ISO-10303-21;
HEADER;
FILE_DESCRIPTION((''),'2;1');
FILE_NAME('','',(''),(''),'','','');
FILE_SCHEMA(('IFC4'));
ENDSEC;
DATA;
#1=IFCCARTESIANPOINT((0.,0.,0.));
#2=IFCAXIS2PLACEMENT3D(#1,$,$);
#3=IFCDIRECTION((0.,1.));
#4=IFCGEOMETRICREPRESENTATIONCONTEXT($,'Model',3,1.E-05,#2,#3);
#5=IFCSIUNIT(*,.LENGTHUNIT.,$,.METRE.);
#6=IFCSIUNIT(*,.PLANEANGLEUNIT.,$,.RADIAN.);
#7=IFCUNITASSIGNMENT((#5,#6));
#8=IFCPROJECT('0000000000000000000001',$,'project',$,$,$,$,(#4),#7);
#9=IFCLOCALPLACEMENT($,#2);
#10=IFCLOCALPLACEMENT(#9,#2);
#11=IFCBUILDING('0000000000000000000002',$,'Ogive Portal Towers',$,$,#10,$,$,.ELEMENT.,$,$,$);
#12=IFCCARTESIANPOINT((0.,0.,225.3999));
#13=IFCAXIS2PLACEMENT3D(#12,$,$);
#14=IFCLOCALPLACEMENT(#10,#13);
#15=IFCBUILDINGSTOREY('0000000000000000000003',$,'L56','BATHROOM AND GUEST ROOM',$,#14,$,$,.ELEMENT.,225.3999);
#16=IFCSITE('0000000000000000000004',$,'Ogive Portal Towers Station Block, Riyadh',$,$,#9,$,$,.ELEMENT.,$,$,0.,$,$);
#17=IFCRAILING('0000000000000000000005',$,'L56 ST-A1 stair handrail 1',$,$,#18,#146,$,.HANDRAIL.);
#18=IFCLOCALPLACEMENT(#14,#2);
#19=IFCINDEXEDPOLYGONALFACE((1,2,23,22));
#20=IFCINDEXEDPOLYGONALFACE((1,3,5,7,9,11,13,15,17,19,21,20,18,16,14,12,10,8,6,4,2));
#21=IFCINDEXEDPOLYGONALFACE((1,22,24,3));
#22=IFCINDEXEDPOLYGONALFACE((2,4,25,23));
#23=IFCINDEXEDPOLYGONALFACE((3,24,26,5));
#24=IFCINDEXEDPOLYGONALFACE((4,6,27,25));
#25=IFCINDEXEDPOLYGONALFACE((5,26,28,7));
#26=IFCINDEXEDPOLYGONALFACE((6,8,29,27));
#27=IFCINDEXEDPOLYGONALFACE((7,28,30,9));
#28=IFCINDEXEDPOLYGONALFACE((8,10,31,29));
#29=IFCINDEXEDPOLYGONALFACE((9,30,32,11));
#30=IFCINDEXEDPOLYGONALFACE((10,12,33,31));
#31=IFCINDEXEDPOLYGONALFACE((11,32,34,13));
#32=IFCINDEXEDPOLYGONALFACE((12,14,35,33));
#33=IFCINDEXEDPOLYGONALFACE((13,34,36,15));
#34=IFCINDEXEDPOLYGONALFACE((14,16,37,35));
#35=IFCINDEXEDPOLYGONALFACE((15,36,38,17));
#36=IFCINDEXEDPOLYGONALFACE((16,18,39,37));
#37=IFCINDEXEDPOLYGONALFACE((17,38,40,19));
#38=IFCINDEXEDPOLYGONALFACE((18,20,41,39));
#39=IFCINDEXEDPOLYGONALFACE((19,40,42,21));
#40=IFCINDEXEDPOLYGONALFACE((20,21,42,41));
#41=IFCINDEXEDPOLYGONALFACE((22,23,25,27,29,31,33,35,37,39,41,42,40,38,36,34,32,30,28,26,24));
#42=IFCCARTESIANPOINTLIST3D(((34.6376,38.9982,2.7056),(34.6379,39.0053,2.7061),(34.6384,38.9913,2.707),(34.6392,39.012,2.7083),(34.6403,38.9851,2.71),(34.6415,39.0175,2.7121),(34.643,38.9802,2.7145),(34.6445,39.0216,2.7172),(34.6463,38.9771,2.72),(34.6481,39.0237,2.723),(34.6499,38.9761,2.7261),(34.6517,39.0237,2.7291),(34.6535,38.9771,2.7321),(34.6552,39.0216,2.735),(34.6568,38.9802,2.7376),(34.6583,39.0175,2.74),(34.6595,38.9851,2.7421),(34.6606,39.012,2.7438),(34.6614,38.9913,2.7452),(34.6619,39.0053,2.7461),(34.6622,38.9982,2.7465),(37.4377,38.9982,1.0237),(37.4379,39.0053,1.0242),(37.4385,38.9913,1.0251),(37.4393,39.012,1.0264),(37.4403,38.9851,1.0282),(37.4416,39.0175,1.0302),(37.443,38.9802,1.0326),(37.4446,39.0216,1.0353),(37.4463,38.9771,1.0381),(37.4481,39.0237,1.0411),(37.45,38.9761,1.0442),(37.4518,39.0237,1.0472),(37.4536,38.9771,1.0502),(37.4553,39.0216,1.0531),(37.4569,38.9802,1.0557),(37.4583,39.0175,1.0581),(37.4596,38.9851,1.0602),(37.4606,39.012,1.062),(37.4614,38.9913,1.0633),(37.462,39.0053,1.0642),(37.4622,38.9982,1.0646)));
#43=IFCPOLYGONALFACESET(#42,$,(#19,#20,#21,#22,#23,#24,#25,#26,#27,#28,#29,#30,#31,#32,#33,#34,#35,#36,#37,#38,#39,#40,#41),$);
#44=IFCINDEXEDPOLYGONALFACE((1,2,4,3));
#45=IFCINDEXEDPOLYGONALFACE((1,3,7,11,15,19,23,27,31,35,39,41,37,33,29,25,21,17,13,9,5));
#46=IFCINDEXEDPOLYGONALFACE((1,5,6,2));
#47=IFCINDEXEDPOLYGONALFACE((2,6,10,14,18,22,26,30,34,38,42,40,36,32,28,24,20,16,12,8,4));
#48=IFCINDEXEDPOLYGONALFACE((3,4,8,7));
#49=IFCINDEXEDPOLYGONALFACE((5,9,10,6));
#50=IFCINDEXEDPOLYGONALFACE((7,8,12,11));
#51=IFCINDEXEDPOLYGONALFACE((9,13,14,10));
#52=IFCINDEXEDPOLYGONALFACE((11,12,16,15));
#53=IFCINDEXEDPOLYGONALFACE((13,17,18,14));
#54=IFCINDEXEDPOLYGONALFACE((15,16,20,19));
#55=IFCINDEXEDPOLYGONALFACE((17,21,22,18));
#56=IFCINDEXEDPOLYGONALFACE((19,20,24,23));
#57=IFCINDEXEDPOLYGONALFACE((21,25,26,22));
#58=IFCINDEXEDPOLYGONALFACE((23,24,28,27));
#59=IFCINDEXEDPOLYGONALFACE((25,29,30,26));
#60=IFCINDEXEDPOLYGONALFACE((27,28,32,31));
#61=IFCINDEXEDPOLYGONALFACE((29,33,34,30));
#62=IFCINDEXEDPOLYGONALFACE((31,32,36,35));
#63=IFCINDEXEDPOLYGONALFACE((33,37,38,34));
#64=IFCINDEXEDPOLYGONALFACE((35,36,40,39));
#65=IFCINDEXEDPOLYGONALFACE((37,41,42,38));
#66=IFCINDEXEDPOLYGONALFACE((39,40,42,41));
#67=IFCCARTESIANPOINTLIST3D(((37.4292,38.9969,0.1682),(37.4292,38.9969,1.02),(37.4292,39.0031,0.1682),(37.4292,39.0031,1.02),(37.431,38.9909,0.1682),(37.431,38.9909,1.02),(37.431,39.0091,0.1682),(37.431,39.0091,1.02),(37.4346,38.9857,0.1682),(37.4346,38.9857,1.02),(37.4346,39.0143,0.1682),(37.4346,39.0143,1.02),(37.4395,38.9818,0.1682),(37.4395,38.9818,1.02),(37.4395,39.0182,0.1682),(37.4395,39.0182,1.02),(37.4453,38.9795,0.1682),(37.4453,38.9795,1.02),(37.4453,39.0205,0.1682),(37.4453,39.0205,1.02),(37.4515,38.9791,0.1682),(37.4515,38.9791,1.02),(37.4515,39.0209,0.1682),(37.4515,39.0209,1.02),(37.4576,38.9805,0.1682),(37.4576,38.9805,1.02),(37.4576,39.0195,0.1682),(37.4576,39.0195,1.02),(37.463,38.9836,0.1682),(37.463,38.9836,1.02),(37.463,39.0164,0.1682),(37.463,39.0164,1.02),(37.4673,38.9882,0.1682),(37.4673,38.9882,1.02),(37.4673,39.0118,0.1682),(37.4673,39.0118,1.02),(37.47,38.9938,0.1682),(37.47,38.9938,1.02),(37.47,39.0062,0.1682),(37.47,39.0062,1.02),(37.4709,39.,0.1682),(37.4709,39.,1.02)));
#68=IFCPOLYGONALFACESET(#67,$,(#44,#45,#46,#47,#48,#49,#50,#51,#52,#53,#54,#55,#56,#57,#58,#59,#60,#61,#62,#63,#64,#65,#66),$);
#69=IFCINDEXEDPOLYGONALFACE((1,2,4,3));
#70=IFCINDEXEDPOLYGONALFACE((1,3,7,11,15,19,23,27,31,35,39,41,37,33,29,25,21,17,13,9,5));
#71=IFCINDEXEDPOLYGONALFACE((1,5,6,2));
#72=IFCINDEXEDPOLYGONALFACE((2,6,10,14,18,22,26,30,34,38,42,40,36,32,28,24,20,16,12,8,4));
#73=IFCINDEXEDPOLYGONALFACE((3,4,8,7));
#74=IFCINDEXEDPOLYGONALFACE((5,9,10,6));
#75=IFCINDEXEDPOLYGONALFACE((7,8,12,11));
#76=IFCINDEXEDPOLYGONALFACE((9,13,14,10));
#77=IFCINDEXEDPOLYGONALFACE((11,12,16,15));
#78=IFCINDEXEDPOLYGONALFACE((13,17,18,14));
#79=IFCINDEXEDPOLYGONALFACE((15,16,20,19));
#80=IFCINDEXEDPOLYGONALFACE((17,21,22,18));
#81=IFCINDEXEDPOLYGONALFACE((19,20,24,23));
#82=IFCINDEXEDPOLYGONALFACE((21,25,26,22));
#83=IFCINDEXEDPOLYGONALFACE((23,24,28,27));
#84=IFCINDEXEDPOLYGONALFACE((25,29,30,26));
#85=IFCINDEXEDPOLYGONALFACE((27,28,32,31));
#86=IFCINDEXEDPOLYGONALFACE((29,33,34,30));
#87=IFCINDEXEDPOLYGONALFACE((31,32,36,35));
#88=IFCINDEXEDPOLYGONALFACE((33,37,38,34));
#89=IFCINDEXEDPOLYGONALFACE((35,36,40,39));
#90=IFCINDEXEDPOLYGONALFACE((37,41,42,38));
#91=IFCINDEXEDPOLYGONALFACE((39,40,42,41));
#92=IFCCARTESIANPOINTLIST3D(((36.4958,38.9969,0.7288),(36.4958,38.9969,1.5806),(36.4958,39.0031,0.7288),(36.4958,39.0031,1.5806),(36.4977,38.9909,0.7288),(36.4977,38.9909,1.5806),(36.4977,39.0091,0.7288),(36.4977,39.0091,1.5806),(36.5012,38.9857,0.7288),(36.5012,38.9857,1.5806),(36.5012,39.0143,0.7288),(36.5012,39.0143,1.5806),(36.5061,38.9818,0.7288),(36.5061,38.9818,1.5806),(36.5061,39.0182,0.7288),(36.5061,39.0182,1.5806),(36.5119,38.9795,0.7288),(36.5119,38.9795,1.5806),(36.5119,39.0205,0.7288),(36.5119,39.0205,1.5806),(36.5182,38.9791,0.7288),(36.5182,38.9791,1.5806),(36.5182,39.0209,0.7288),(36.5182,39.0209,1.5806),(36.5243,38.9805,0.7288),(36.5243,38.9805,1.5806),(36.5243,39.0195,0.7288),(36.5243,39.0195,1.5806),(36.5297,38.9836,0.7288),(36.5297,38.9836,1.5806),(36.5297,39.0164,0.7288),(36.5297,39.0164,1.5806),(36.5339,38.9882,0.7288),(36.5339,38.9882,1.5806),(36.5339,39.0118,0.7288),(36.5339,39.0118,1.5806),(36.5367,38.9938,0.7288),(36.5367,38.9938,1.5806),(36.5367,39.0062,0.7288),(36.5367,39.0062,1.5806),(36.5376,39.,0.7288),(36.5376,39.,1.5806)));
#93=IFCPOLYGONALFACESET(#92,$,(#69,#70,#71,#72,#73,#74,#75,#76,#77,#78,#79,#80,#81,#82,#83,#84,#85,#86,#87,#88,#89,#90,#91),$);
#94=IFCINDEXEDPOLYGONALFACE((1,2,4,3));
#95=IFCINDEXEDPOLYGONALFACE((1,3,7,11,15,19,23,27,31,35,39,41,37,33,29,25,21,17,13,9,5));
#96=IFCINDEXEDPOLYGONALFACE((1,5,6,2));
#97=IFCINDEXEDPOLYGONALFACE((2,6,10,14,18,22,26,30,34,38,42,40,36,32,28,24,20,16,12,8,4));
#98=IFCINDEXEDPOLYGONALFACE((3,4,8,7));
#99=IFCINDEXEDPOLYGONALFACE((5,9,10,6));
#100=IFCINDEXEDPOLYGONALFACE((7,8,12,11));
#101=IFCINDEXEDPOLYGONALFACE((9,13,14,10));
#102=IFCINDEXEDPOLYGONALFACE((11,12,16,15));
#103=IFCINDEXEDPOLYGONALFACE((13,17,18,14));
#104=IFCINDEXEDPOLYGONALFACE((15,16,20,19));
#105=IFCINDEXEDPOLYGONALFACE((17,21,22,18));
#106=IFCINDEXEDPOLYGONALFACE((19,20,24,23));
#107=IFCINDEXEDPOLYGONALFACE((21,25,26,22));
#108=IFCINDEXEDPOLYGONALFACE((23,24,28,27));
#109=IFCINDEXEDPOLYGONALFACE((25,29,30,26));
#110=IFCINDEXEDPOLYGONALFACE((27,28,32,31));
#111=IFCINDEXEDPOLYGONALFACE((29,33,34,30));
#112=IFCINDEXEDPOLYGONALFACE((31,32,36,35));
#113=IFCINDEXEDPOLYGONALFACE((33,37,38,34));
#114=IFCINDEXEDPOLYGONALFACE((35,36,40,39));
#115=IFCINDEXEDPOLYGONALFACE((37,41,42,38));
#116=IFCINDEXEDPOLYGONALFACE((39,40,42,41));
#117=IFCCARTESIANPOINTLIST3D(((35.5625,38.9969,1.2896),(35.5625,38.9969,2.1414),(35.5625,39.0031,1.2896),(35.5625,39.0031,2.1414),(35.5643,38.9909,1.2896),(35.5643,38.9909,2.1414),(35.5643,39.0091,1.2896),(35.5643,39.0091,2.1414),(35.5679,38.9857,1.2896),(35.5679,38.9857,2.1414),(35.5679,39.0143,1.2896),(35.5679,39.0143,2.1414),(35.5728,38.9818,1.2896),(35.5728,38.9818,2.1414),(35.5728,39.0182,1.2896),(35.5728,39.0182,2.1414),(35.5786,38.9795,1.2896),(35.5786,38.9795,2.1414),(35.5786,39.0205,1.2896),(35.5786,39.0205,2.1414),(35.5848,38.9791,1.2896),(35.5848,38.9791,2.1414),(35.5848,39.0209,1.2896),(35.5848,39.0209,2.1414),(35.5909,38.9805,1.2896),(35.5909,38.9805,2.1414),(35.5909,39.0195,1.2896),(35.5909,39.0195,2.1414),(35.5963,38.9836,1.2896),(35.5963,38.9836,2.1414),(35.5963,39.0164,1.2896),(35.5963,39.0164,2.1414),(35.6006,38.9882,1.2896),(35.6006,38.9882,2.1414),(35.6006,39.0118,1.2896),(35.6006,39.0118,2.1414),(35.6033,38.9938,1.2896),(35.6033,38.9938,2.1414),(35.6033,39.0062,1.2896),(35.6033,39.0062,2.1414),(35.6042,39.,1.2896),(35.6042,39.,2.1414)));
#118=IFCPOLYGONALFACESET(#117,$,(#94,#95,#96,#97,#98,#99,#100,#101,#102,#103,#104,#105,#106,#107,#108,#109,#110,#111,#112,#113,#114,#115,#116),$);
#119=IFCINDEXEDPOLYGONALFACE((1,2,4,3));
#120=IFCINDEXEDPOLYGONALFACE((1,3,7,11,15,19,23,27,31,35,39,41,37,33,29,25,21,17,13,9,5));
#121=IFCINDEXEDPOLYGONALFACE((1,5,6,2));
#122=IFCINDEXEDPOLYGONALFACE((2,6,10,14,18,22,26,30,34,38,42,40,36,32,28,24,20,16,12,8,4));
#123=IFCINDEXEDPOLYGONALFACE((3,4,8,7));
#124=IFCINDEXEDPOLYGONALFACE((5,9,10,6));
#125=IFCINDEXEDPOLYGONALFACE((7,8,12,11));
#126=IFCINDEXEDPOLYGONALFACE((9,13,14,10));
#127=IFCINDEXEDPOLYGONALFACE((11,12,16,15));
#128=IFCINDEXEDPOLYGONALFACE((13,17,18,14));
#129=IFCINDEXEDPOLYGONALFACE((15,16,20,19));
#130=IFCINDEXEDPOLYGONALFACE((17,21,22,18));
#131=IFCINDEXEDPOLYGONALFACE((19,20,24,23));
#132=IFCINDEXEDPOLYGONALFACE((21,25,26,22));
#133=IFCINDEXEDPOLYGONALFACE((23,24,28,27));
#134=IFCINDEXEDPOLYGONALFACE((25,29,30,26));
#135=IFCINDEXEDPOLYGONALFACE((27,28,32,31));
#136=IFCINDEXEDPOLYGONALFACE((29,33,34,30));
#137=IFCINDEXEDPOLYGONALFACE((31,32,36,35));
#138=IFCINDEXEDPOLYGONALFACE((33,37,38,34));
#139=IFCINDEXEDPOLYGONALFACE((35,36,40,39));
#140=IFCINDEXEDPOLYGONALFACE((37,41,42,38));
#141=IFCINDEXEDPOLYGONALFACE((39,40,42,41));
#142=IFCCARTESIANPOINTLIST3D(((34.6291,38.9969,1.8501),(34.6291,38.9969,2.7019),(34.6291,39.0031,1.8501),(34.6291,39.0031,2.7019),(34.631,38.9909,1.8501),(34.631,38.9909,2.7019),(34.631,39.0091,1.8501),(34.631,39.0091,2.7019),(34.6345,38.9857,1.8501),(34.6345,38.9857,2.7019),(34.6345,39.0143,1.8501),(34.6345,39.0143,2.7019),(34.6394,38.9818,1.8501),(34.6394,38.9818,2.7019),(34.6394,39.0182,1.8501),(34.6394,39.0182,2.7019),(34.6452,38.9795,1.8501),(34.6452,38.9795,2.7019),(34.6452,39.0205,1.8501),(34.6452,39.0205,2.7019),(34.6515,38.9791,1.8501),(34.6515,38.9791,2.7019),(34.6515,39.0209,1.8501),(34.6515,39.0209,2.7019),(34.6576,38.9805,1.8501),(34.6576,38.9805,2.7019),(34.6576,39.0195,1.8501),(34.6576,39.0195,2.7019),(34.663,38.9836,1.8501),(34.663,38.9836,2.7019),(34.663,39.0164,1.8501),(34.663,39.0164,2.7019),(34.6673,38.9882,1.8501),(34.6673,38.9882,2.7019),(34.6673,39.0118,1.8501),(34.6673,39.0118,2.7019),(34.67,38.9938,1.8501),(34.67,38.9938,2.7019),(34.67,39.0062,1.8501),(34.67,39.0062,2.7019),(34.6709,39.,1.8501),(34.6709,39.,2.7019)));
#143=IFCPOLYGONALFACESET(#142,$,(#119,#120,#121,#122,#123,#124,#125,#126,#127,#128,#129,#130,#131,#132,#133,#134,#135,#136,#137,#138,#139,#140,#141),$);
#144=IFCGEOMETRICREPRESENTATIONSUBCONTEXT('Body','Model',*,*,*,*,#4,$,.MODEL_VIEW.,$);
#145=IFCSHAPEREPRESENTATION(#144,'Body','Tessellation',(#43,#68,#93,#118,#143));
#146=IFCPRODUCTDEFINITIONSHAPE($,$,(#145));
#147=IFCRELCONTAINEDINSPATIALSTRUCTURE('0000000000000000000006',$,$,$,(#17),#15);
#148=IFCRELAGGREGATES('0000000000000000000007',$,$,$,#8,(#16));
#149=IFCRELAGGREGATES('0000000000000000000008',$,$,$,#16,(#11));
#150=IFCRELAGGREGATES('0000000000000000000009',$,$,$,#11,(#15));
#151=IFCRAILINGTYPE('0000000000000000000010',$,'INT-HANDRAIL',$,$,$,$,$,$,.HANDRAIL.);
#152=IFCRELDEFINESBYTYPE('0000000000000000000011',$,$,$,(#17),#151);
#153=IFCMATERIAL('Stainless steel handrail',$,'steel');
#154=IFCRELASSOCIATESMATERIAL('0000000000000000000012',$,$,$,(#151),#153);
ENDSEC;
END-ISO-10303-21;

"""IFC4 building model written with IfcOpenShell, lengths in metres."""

from ifc_helpers import new_model, si_unit, direction, frame, origin, origin_2d, place, context, subcontext, project, spatial, circle, extrude, material, type_object, element, save


model = new_model("IFC4")

# Units and contexts
model_context = context("Model", 3, precision=1e-05, world=origin(), true_north=direction((0.0, 1.0)))
body_context = subcontext(model_context, "Body", "Model", "MODEL_VIEW")
ifc_project = project(units=[si_unit("LENGTHUNIT", "METRE"), si_unit("PLANEANGLEUNIT", "RADIAN")], contexts=[model_context])

# Site, building, storey
site_placement = place(None, origin())
site = spatial("IfcSite", under=ifc_project, at=site_placement, Name="Ogive Portal Towers Station Block, Riyadh", CompositionType="ELEMENT", RefElevation=0.0)
building_placement = place(site_placement, origin())
building = spatial("IfcBuilding", under=site, at=building_placement, Name="Ogive Portal Towers", CompositionType="ELEMENT")
storey_placement = place(building_placement, frame((0.0, 0.0, 225.3999)))
storey = spatial("IfcBuildingStorey", under=building, at=storey_placement, Name="L56", Description="BATHROOM AND GUEST ROOM", CompositionType="ELEMENT", Elevation=225.3999)

# Railing
ifc_material_1 = material(Name="Stainless steel handrail", Category="steel")
railing_type_1 = type_object("IfcRailingType", Name="INT-HANDRAIL", PredefinedType="HANDRAIL", material=ifc_material_1)
railing_1_placement = place(storey_placement, frame((37.45, 39.0, 0.1682)))
element("IfcRailing", 1, at=railing_1_placement, inside=storey, type_object=railing_type_1, Name="L56 ST-A1 stair handrail 1", PredefinedType="HANDRAIL", context=body_context, shape_type="SweptSolid", body=[
    extrude(circle(Radius=0.0239, at=origin_2d()), frame((0.0, 0.0, 0.876), z_axis=(-0.857242, 0.0, 0.514913), x_axis=(0.0, -1.0, 0.0)), (0.0, 0.0, 1.0), 3.2664),
    extrude(circle(Radius=0.021, at=origin_2d()), origin(), (0.0, 0.0, 1.0), 0.8518),
    extrude(circle(Radius=0.021, at=origin_2d()), frame((-0.9333, 0.0, 0.5605)), (0.0, 0.0, 1.0), 0.8518),
    extrude(circle(Radius=0.021, at=origin_2d()), frame((-1.8667, 0.0, 1.1213)), (0.0, 0.0, 1.0), 0.8518),
    extrude(circle(Radius=0.021, at=origin_2d()), frame((-2.8, 0.0, 1.6819)), (0.0, 0.0, 1.0), 0.8518),
])

save(model, "model.ifc")
